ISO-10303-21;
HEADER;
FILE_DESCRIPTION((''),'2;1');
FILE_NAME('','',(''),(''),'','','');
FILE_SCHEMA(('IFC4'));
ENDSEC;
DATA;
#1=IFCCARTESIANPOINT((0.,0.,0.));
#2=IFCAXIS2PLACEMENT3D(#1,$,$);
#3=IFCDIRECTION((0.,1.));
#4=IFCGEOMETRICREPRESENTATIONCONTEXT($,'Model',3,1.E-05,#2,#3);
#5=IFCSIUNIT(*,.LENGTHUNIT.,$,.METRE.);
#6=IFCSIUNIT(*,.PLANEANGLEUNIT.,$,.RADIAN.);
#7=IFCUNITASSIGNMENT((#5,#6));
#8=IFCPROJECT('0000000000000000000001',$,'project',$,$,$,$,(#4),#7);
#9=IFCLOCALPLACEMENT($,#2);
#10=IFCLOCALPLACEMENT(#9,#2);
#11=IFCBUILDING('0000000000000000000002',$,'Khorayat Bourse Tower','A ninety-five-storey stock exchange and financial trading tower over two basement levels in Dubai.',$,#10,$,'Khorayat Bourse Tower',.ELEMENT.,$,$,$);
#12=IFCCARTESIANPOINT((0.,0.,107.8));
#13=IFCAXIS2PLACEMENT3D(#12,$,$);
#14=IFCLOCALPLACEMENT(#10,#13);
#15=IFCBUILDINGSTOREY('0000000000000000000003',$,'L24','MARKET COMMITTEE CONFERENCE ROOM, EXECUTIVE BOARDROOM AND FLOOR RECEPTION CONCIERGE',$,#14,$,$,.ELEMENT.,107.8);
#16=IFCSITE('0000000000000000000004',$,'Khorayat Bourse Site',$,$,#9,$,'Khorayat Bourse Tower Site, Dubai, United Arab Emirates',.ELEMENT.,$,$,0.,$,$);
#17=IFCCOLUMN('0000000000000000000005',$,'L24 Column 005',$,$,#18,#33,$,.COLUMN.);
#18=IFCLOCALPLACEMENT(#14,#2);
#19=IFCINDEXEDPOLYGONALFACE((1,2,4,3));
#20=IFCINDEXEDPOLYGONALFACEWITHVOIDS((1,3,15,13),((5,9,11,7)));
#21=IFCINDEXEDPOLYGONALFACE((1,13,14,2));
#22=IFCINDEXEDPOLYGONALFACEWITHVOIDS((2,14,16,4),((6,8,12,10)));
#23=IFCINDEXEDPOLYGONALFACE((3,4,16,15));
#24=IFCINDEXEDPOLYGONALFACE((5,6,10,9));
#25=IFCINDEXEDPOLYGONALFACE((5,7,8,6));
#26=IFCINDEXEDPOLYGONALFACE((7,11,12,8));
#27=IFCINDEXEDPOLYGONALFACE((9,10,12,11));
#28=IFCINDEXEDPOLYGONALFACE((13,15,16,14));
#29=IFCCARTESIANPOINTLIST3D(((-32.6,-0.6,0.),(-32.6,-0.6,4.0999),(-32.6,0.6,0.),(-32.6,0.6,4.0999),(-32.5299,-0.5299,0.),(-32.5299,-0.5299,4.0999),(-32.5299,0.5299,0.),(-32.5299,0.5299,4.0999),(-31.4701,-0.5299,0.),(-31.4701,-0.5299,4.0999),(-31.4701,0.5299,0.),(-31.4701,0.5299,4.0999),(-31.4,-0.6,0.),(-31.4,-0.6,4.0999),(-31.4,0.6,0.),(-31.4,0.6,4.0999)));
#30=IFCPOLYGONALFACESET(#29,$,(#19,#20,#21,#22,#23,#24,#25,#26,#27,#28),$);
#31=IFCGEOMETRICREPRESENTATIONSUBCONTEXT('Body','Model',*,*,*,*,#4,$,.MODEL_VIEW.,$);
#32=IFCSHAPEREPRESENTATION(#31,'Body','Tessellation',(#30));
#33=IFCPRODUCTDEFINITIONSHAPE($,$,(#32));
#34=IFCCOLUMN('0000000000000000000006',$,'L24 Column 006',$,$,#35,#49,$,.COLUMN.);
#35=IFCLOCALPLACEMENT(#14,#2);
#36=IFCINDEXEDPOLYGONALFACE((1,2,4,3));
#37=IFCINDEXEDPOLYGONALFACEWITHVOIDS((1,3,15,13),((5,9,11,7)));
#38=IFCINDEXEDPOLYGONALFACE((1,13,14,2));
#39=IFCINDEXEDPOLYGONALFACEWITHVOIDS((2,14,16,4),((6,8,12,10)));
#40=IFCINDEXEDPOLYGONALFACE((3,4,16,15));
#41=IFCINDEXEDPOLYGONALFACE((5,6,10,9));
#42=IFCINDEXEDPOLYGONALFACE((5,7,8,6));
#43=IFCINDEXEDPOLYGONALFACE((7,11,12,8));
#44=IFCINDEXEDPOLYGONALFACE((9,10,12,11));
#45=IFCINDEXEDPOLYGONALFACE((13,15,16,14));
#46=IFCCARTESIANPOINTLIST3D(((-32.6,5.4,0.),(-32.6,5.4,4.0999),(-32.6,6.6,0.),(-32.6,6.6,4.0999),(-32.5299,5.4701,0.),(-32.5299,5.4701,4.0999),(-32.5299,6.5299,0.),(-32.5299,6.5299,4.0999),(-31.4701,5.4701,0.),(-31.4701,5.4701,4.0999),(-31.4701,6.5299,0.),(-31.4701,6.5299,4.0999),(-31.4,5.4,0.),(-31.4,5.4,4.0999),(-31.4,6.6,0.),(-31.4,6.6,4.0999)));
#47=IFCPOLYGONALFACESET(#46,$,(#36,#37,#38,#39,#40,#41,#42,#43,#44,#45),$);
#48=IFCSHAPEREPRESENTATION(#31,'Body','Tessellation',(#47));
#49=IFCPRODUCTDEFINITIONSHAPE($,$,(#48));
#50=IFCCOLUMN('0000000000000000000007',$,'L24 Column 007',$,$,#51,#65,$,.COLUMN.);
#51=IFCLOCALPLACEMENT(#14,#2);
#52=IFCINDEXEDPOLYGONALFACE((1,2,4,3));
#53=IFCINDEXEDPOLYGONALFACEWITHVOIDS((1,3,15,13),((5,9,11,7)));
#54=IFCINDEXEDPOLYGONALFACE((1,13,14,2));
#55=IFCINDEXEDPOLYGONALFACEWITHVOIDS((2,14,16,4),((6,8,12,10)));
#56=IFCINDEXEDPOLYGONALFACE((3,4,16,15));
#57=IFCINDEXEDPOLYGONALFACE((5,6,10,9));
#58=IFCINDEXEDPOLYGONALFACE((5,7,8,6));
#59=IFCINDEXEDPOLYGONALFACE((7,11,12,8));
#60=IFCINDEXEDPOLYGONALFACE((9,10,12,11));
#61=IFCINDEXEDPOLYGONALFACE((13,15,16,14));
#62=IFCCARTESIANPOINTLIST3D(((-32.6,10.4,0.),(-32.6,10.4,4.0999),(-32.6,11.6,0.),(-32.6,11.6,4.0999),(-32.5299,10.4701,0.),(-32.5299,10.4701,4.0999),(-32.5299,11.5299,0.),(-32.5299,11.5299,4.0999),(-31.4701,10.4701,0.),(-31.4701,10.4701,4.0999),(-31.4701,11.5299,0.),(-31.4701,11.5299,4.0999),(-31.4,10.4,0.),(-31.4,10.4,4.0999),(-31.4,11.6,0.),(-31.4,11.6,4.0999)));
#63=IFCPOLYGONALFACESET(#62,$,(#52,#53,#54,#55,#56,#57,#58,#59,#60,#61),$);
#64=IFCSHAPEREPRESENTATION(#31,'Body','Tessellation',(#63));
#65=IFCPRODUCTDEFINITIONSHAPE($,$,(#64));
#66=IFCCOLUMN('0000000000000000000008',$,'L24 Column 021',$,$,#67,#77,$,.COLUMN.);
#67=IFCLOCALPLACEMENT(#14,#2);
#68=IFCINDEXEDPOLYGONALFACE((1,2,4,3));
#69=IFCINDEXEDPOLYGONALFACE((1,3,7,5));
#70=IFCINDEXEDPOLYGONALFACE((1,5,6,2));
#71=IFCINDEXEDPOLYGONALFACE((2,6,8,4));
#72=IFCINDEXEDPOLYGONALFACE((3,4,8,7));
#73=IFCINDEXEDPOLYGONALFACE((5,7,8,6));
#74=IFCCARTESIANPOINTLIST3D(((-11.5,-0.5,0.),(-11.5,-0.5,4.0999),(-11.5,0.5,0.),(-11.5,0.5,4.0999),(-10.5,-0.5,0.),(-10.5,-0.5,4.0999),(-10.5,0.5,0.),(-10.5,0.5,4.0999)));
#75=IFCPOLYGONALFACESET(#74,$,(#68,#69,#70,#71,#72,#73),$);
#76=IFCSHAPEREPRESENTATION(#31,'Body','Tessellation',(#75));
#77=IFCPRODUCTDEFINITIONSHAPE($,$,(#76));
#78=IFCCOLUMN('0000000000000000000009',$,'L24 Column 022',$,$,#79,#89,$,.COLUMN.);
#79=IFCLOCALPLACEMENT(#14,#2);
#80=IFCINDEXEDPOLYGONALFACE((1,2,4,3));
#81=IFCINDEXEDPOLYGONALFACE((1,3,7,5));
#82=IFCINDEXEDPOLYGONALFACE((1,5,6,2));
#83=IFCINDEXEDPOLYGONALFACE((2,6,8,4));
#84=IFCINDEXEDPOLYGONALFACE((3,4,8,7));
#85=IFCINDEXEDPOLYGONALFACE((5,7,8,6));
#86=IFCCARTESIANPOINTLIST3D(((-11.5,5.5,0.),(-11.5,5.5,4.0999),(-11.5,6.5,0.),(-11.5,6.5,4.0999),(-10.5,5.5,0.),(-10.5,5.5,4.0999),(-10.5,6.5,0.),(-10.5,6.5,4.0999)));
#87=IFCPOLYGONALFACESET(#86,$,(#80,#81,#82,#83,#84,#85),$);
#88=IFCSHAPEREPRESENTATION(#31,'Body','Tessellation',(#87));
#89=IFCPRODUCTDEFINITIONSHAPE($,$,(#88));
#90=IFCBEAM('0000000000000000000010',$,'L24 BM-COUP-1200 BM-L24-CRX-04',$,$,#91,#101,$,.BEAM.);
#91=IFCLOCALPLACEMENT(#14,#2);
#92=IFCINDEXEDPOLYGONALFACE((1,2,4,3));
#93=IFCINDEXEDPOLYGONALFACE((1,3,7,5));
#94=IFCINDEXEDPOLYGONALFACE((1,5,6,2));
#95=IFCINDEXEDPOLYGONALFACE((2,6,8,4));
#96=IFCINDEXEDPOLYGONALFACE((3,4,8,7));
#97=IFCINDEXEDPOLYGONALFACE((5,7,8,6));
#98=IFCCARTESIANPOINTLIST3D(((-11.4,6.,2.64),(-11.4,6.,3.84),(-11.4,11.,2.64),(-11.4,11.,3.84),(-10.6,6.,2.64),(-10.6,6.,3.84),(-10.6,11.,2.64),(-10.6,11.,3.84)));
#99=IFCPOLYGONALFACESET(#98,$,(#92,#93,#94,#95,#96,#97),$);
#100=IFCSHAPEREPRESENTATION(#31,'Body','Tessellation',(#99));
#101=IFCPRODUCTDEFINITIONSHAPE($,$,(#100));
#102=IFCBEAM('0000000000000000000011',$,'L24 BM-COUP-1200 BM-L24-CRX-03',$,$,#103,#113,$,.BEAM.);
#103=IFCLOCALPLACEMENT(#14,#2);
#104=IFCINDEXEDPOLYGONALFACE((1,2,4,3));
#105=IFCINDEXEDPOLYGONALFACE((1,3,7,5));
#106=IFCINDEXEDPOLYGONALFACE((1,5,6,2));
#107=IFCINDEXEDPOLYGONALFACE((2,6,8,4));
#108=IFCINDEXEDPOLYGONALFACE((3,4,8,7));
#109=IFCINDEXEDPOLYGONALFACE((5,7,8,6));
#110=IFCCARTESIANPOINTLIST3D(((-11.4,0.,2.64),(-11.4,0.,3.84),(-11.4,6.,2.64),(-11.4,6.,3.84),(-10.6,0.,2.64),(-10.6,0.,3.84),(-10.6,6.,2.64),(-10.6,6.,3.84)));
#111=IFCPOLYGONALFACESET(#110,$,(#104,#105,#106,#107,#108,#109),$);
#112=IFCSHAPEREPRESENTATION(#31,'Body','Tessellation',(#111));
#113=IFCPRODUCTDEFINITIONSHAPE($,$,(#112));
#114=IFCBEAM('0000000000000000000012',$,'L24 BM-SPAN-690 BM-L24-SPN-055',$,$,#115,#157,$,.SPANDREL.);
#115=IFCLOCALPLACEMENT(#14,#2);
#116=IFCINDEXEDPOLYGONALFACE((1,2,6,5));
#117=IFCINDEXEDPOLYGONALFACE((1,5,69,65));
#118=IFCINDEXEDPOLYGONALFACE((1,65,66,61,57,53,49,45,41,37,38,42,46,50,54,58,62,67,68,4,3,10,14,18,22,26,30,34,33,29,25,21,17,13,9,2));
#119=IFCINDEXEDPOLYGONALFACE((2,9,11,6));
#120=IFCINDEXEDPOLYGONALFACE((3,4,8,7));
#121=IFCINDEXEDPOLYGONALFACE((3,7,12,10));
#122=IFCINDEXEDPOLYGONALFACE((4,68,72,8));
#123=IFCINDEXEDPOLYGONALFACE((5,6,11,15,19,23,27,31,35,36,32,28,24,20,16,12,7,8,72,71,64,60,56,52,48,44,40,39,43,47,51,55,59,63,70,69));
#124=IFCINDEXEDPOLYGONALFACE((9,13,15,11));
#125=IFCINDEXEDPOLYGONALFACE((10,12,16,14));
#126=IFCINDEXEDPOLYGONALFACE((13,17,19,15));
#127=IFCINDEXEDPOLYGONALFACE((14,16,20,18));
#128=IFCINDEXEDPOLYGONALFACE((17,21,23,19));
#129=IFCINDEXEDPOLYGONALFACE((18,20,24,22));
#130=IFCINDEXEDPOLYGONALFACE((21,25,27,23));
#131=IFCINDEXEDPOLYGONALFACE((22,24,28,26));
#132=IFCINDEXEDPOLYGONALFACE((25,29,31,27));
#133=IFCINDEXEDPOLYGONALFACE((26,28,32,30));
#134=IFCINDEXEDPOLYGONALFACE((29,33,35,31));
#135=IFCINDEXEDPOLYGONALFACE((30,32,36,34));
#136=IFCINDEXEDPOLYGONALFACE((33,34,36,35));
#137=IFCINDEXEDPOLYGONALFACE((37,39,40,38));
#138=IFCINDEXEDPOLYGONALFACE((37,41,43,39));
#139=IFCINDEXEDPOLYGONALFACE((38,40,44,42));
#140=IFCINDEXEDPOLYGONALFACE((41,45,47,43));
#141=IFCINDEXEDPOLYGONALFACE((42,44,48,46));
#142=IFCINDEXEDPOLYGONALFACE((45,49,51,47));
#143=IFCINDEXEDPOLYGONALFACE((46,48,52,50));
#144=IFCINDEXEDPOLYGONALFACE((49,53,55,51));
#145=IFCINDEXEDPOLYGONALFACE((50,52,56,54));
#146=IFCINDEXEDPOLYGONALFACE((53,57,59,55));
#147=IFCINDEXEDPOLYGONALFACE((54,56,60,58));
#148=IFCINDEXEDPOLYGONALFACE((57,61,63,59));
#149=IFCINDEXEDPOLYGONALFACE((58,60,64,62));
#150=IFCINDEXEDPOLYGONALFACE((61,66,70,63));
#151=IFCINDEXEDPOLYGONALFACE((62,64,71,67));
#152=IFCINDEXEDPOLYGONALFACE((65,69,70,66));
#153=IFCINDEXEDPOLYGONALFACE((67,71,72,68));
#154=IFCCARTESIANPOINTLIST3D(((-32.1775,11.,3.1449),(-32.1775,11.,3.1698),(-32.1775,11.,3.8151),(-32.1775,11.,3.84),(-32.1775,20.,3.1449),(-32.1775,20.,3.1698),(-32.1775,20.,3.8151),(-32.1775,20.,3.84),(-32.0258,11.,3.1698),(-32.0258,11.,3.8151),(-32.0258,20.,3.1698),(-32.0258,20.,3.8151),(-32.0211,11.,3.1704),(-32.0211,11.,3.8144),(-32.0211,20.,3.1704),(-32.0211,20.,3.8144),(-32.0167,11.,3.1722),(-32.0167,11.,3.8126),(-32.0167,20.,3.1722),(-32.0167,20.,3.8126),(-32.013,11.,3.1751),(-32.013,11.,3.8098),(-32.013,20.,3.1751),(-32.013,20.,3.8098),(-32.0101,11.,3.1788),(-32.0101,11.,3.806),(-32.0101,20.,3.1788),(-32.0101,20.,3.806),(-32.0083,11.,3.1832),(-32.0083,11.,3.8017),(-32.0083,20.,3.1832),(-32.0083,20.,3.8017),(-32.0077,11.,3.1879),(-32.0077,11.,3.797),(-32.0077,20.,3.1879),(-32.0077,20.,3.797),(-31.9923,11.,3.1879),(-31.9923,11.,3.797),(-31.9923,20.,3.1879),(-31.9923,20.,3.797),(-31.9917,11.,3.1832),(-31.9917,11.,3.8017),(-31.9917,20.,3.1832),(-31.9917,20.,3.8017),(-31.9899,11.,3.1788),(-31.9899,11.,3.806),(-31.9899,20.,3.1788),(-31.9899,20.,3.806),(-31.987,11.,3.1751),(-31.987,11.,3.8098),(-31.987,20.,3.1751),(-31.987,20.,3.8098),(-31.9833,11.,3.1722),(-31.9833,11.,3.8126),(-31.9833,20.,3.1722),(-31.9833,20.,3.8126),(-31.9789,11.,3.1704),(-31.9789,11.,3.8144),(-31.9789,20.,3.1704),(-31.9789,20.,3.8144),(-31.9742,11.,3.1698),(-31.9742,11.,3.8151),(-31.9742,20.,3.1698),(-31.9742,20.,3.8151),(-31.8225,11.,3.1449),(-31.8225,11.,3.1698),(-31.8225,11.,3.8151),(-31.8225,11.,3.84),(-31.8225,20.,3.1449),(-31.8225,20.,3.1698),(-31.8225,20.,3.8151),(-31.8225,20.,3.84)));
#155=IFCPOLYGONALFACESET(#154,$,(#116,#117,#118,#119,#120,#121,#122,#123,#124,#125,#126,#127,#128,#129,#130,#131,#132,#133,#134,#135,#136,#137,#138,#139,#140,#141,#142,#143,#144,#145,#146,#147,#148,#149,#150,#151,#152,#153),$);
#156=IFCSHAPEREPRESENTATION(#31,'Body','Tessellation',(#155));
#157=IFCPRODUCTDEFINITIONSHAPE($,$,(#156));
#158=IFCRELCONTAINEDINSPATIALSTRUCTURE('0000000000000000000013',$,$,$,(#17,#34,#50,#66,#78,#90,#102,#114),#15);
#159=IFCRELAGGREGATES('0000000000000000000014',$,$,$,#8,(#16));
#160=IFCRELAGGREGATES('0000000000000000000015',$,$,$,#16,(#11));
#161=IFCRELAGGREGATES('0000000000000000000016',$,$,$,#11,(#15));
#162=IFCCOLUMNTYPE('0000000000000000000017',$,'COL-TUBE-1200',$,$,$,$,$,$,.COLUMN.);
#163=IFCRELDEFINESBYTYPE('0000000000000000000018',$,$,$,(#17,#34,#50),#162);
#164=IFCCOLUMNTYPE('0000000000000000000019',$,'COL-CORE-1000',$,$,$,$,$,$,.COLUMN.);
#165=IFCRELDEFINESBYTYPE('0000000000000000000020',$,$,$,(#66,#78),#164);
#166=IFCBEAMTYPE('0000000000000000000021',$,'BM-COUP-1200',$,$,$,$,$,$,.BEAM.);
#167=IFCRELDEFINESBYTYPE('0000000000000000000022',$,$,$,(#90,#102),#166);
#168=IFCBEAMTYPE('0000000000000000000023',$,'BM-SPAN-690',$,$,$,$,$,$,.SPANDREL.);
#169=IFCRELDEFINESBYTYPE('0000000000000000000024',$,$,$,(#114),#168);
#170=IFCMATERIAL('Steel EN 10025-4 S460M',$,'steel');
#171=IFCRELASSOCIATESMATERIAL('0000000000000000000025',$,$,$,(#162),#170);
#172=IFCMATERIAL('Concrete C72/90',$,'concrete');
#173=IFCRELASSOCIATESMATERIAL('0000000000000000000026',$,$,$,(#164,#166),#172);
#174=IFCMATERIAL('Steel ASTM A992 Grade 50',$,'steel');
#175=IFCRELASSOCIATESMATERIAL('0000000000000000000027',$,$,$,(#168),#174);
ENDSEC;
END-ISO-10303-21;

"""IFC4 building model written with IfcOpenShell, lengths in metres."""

from ifc_helpers import new_model, si_unit, direction, frame, origin, origin_2d, place, context, subcontext, project, spatial, rectangle, hollow_rectangle, i_section, extrude, source, transform, mapped, material, material_profile, profile_set, type_object, element, save


model = new_model("IFC4")

# Units and contexts
model_context = context("Model", 3, precision=1e-05, world=origin(), true_north=direction((0.0, 1.0)))
body_context = subcontext(model_context, "Body", "Model", "MODEL_VIEW")
ifc_project = project(units=[si_unit("LENGTHUNIT", "METRE"), si_unit("PLANEANGLEUNIT", "RADIAN")], contexts=[model_context])

# Site, building, storey
site_placement = place(None, origin())
site = spatial("IfcSite", under=ifc_project, at=site_placement, Name="Khorayat Bourse Site", LongName="Khorayat Bourse Tower Site, Dubai, United Arab Emirates", CompositionType="ELEMENT", RefElevation=0.0)
building_placement = place(site_placement, origin())
building = spatial("IfcBuilding", under=site, at=building_placement, Name="Khorayat Bourse Tower", Description="A ninety-five-storey stock exchange and financial trading tower over two basement levels in Dubai.", LongName="Khorayat Bourse Tower", CompositionType="ELEMENT")
storey_placement = place(building_placement, frame((0.0, 0.0, 107.8)))
storey = spatial("IfcBuildingStorey", under=building, at=storey_placement, Name="L24", Description="MARKET COMMITTEE CONFERENCE ROOM, EXECUTIVE BOARDROOM AND FLOOR RECEPTION CONCIERGE", CompositionType="ELEMENT", Elevation=107.8)

# Columns
ifc_material_1 = material(Name="Steel EN 10025-4 S460M", Category="steel")
ifc_material_profile_1 = material_profile(ifc_material_1, hollow_rectangle(XDim=1.2, YDim=1.2, WallThickness=0.0701, at=origin_2d()), Name="BOX 1200x1200x70")
ifc_profile_set_1 = profile_set([ifc_material_profile_1], Name="Steel EN 10025-4 S460M")
column_type_1 = type_object("IfcColumnType", Name="COL-TUBE-1200", PredefinedType="COLUMN", material=ifc_profile_set_1)
shared_shape_1 = source(origin(), body_context, "Body", "SweptSolid", [
    extrude(hollow_rectangle(XDim=1.2, YDim=1.2, WallThickness=0.0701, at=origin_2d()), origin(), (0.0, 0.0, 1.0), 4.0999),
])
for number, where, z_axis, x_axis, name in (
    (1, (-32.0, 0.0, 0.0), (0.0, 0.0, 1.0), (1.0, 0.0, 0.0), "L24 Column 005"),
    (2, (-32.0, 6.0, 0.0), (0.0, 0.0, 1.0), (1.0, 0.0, 0.0), "L24 Column 006"),
    (3, (-32.0, 11.0, 0.0), (0.0, 0.0, 1.0), (1.0, 0.0, 0.0), "L24 Column 007"),
):
    element("IfcColumn", number, at=place(storey_placement, frame(where, z_axis=z_axis, x_axis=x_axis)), inside=storey, type_object=column_type_1, Name=name, PredefinedType="COLUMN", context=body_context, shape_type="MappedRepresentation", body=[
        mapped(shared_shape_1, transform((0.0, 0.0, 0.0), scale=1.0)),
    ])
ifc_material_2 = material(Name="Concrete C72/90", Category="concrete")
ifc_material_profile_2 = material_profile(ifc_material_2, rectangle(XDim=1.0, YDim=1.0, at=origin_2d()), Name="RC 1000x1000")
ifc_profile_set_2 = profile_set([ifc_material_profile_2], Name="Concrete C72/90")
column_type_2 = type_object("IfcColumnType", Name="COL-CORE-1000", PredefinedType="COLUMN", material=ifc_profile_set_2)
shared_shape_2 = source(origin(), body_context, "Body", "SweptSolid", [
    extrude(rectangle(XDim=1.0, YDim=1.0, at=origin_2d()), origin(), (0.0, 0.0, 1.0), 4.0999),
])
for number, where, z_axis, x_axis, name in (
    (4, (-11.0, 0.0, 0.0), (0.0, 0.0, 1.0), (1.0, 0.0, 0.0), "L24 Column 021"),
    (5, (-11.0, 6.0, 0.0), (0.0, 0.0, 1.0), (1.0, 0.0, 0.0), "L24 Column 022"),
):
    element("IfcColumn", number, at=place(storey_placement, frame(where, z_axis=z_axis, x_axis=x_axis)), inside=storey, type_object=column_type_2, Name=name, PredefinedType="COLUMN", context=body_context, shape_type="MappedRepresentation", body=[
        mapped(shared_shape_2, transform((0.0, 0.0, 0.0), scale=1.0)),
    ])

# Beams
ifc_material_profile_3 = material_profile(ifc_material_2, rectangle(XDim=0.8, YDim=1.2, at=origin_2d()), Name="RC 800x1200")
ifc_profile_set_3 = profile_set([ifc_material_profile_3], Name="Concrete C72/90")
beam_type_1 = type_object("IfcBeamType", Name="BM-COUP-1200", PredefinedType="BEAM", material=ifc_profile_set_3)
shared_shape_3 = source(origin(), body_context, "Body", "SweptSolid", [
    extrude(rectangle(XDim=0.8, YDim=1.2, at=origin_2d()), origin(), (0.0, 0.0, 1.0), 5.0),
])
beam_1_placement = place(storey_placement, frame((-11.0, 6.0, 3.24), z_axis=(0.0, 1.0, 0.0), x_axis=(-1.0, 0.0, 0.0)))
element("IfcBeam", 6, at=beam_1_placement, inside=storey, type_object=beam_type_1, Name="L24 BM-COUP-1200 BM-L24-CRX-04", PredefinedType="BEAM", context=body_context, shape_type="MappedRepresentation", body=[
    mapped(shared_shape_3, transform((0.0, 0.0, 0.0), scale=1.0)),
])
shared_shape_4 = source(origin(), body_context, "Body", "SweptSolid", [
    extrude(rectangle(XDim=0.8, YDim=1.2, at=origin_2d()), origin(), (0.0, 0.0, 1.0), 6.0),
])
beam_2_placement = place(storey_placement, frame((-11.0, 0.0, 3.24), z_axis=(0.0, 1.0, 0.0), x_axis=(-1.0, 0.0, 0.0)))
element("IfcBeam", 7, at=beam_2_placement, inside=storey, type_object=beam_type_1, Name="L24 BM-COUP-1200 BM-L24-CRX-03", PredefinedType="BEAM", context=body_context, shape_type="MappedRepresentation", body=[
    mapped(shared_shape_4, transform((0.0, 0.0, 0.0), scale=1.0)),
])
ifc_material_3 = material(Name="Steel ASTM A992 Grade 50", Category="steel")
ifc_material_profile_4 = material_profile(ifc_material_3, i_section(OverallWidth=0.355, OverallDepth=0.6951, WebThickness=0.0154, FlangeThickness=0.0249, FilletRadius=0.0181, at=origin_2d()), Name="W690X217")
ifc_profile_set_4 = profile_set([ifc_material_profile_4], Name="Steel ASTM A992 Grade 50")
beam_type_2 = type_object("IfcBeamType", Name="BM-SPAN-690", PredefinedType="SPANDREL", material=ifc_profile_set_4)
shared_shape_5 = source(origin(), body_context, "Body", "SweptSolid", [
    extrude(i_section(OverallWidth=0.355, OverallDepth=0.6951, WebThickness=0.0154, FlangeThickness=0.0249, FilletRadius=0.0181, at=origin_2d()), origin(), (0.0, 0.0, 1.0), 9.0),
])
beam_3_placement = place(storey_placement, frame((-32.0, 11.0, 3.4924), z_axis=(0.0, 1.0, 0.0), x_axis=(-1.0, 0.0, 0.0)))
element("IfcBeam", 8, at=beam_3_placement, inside=storey, type_object=beam_type_2, Name="L24 BM-SPAN-690 BM-L24-SPN-055", PredefinedType="SPANDREL", context=body_context, shape_type="MappedRepresentation", body=[
    mapped(shared_shape_5, transform((0.0, 0.0, 0.0), scale=1.0)),
])

save(model, "model.ifc")
